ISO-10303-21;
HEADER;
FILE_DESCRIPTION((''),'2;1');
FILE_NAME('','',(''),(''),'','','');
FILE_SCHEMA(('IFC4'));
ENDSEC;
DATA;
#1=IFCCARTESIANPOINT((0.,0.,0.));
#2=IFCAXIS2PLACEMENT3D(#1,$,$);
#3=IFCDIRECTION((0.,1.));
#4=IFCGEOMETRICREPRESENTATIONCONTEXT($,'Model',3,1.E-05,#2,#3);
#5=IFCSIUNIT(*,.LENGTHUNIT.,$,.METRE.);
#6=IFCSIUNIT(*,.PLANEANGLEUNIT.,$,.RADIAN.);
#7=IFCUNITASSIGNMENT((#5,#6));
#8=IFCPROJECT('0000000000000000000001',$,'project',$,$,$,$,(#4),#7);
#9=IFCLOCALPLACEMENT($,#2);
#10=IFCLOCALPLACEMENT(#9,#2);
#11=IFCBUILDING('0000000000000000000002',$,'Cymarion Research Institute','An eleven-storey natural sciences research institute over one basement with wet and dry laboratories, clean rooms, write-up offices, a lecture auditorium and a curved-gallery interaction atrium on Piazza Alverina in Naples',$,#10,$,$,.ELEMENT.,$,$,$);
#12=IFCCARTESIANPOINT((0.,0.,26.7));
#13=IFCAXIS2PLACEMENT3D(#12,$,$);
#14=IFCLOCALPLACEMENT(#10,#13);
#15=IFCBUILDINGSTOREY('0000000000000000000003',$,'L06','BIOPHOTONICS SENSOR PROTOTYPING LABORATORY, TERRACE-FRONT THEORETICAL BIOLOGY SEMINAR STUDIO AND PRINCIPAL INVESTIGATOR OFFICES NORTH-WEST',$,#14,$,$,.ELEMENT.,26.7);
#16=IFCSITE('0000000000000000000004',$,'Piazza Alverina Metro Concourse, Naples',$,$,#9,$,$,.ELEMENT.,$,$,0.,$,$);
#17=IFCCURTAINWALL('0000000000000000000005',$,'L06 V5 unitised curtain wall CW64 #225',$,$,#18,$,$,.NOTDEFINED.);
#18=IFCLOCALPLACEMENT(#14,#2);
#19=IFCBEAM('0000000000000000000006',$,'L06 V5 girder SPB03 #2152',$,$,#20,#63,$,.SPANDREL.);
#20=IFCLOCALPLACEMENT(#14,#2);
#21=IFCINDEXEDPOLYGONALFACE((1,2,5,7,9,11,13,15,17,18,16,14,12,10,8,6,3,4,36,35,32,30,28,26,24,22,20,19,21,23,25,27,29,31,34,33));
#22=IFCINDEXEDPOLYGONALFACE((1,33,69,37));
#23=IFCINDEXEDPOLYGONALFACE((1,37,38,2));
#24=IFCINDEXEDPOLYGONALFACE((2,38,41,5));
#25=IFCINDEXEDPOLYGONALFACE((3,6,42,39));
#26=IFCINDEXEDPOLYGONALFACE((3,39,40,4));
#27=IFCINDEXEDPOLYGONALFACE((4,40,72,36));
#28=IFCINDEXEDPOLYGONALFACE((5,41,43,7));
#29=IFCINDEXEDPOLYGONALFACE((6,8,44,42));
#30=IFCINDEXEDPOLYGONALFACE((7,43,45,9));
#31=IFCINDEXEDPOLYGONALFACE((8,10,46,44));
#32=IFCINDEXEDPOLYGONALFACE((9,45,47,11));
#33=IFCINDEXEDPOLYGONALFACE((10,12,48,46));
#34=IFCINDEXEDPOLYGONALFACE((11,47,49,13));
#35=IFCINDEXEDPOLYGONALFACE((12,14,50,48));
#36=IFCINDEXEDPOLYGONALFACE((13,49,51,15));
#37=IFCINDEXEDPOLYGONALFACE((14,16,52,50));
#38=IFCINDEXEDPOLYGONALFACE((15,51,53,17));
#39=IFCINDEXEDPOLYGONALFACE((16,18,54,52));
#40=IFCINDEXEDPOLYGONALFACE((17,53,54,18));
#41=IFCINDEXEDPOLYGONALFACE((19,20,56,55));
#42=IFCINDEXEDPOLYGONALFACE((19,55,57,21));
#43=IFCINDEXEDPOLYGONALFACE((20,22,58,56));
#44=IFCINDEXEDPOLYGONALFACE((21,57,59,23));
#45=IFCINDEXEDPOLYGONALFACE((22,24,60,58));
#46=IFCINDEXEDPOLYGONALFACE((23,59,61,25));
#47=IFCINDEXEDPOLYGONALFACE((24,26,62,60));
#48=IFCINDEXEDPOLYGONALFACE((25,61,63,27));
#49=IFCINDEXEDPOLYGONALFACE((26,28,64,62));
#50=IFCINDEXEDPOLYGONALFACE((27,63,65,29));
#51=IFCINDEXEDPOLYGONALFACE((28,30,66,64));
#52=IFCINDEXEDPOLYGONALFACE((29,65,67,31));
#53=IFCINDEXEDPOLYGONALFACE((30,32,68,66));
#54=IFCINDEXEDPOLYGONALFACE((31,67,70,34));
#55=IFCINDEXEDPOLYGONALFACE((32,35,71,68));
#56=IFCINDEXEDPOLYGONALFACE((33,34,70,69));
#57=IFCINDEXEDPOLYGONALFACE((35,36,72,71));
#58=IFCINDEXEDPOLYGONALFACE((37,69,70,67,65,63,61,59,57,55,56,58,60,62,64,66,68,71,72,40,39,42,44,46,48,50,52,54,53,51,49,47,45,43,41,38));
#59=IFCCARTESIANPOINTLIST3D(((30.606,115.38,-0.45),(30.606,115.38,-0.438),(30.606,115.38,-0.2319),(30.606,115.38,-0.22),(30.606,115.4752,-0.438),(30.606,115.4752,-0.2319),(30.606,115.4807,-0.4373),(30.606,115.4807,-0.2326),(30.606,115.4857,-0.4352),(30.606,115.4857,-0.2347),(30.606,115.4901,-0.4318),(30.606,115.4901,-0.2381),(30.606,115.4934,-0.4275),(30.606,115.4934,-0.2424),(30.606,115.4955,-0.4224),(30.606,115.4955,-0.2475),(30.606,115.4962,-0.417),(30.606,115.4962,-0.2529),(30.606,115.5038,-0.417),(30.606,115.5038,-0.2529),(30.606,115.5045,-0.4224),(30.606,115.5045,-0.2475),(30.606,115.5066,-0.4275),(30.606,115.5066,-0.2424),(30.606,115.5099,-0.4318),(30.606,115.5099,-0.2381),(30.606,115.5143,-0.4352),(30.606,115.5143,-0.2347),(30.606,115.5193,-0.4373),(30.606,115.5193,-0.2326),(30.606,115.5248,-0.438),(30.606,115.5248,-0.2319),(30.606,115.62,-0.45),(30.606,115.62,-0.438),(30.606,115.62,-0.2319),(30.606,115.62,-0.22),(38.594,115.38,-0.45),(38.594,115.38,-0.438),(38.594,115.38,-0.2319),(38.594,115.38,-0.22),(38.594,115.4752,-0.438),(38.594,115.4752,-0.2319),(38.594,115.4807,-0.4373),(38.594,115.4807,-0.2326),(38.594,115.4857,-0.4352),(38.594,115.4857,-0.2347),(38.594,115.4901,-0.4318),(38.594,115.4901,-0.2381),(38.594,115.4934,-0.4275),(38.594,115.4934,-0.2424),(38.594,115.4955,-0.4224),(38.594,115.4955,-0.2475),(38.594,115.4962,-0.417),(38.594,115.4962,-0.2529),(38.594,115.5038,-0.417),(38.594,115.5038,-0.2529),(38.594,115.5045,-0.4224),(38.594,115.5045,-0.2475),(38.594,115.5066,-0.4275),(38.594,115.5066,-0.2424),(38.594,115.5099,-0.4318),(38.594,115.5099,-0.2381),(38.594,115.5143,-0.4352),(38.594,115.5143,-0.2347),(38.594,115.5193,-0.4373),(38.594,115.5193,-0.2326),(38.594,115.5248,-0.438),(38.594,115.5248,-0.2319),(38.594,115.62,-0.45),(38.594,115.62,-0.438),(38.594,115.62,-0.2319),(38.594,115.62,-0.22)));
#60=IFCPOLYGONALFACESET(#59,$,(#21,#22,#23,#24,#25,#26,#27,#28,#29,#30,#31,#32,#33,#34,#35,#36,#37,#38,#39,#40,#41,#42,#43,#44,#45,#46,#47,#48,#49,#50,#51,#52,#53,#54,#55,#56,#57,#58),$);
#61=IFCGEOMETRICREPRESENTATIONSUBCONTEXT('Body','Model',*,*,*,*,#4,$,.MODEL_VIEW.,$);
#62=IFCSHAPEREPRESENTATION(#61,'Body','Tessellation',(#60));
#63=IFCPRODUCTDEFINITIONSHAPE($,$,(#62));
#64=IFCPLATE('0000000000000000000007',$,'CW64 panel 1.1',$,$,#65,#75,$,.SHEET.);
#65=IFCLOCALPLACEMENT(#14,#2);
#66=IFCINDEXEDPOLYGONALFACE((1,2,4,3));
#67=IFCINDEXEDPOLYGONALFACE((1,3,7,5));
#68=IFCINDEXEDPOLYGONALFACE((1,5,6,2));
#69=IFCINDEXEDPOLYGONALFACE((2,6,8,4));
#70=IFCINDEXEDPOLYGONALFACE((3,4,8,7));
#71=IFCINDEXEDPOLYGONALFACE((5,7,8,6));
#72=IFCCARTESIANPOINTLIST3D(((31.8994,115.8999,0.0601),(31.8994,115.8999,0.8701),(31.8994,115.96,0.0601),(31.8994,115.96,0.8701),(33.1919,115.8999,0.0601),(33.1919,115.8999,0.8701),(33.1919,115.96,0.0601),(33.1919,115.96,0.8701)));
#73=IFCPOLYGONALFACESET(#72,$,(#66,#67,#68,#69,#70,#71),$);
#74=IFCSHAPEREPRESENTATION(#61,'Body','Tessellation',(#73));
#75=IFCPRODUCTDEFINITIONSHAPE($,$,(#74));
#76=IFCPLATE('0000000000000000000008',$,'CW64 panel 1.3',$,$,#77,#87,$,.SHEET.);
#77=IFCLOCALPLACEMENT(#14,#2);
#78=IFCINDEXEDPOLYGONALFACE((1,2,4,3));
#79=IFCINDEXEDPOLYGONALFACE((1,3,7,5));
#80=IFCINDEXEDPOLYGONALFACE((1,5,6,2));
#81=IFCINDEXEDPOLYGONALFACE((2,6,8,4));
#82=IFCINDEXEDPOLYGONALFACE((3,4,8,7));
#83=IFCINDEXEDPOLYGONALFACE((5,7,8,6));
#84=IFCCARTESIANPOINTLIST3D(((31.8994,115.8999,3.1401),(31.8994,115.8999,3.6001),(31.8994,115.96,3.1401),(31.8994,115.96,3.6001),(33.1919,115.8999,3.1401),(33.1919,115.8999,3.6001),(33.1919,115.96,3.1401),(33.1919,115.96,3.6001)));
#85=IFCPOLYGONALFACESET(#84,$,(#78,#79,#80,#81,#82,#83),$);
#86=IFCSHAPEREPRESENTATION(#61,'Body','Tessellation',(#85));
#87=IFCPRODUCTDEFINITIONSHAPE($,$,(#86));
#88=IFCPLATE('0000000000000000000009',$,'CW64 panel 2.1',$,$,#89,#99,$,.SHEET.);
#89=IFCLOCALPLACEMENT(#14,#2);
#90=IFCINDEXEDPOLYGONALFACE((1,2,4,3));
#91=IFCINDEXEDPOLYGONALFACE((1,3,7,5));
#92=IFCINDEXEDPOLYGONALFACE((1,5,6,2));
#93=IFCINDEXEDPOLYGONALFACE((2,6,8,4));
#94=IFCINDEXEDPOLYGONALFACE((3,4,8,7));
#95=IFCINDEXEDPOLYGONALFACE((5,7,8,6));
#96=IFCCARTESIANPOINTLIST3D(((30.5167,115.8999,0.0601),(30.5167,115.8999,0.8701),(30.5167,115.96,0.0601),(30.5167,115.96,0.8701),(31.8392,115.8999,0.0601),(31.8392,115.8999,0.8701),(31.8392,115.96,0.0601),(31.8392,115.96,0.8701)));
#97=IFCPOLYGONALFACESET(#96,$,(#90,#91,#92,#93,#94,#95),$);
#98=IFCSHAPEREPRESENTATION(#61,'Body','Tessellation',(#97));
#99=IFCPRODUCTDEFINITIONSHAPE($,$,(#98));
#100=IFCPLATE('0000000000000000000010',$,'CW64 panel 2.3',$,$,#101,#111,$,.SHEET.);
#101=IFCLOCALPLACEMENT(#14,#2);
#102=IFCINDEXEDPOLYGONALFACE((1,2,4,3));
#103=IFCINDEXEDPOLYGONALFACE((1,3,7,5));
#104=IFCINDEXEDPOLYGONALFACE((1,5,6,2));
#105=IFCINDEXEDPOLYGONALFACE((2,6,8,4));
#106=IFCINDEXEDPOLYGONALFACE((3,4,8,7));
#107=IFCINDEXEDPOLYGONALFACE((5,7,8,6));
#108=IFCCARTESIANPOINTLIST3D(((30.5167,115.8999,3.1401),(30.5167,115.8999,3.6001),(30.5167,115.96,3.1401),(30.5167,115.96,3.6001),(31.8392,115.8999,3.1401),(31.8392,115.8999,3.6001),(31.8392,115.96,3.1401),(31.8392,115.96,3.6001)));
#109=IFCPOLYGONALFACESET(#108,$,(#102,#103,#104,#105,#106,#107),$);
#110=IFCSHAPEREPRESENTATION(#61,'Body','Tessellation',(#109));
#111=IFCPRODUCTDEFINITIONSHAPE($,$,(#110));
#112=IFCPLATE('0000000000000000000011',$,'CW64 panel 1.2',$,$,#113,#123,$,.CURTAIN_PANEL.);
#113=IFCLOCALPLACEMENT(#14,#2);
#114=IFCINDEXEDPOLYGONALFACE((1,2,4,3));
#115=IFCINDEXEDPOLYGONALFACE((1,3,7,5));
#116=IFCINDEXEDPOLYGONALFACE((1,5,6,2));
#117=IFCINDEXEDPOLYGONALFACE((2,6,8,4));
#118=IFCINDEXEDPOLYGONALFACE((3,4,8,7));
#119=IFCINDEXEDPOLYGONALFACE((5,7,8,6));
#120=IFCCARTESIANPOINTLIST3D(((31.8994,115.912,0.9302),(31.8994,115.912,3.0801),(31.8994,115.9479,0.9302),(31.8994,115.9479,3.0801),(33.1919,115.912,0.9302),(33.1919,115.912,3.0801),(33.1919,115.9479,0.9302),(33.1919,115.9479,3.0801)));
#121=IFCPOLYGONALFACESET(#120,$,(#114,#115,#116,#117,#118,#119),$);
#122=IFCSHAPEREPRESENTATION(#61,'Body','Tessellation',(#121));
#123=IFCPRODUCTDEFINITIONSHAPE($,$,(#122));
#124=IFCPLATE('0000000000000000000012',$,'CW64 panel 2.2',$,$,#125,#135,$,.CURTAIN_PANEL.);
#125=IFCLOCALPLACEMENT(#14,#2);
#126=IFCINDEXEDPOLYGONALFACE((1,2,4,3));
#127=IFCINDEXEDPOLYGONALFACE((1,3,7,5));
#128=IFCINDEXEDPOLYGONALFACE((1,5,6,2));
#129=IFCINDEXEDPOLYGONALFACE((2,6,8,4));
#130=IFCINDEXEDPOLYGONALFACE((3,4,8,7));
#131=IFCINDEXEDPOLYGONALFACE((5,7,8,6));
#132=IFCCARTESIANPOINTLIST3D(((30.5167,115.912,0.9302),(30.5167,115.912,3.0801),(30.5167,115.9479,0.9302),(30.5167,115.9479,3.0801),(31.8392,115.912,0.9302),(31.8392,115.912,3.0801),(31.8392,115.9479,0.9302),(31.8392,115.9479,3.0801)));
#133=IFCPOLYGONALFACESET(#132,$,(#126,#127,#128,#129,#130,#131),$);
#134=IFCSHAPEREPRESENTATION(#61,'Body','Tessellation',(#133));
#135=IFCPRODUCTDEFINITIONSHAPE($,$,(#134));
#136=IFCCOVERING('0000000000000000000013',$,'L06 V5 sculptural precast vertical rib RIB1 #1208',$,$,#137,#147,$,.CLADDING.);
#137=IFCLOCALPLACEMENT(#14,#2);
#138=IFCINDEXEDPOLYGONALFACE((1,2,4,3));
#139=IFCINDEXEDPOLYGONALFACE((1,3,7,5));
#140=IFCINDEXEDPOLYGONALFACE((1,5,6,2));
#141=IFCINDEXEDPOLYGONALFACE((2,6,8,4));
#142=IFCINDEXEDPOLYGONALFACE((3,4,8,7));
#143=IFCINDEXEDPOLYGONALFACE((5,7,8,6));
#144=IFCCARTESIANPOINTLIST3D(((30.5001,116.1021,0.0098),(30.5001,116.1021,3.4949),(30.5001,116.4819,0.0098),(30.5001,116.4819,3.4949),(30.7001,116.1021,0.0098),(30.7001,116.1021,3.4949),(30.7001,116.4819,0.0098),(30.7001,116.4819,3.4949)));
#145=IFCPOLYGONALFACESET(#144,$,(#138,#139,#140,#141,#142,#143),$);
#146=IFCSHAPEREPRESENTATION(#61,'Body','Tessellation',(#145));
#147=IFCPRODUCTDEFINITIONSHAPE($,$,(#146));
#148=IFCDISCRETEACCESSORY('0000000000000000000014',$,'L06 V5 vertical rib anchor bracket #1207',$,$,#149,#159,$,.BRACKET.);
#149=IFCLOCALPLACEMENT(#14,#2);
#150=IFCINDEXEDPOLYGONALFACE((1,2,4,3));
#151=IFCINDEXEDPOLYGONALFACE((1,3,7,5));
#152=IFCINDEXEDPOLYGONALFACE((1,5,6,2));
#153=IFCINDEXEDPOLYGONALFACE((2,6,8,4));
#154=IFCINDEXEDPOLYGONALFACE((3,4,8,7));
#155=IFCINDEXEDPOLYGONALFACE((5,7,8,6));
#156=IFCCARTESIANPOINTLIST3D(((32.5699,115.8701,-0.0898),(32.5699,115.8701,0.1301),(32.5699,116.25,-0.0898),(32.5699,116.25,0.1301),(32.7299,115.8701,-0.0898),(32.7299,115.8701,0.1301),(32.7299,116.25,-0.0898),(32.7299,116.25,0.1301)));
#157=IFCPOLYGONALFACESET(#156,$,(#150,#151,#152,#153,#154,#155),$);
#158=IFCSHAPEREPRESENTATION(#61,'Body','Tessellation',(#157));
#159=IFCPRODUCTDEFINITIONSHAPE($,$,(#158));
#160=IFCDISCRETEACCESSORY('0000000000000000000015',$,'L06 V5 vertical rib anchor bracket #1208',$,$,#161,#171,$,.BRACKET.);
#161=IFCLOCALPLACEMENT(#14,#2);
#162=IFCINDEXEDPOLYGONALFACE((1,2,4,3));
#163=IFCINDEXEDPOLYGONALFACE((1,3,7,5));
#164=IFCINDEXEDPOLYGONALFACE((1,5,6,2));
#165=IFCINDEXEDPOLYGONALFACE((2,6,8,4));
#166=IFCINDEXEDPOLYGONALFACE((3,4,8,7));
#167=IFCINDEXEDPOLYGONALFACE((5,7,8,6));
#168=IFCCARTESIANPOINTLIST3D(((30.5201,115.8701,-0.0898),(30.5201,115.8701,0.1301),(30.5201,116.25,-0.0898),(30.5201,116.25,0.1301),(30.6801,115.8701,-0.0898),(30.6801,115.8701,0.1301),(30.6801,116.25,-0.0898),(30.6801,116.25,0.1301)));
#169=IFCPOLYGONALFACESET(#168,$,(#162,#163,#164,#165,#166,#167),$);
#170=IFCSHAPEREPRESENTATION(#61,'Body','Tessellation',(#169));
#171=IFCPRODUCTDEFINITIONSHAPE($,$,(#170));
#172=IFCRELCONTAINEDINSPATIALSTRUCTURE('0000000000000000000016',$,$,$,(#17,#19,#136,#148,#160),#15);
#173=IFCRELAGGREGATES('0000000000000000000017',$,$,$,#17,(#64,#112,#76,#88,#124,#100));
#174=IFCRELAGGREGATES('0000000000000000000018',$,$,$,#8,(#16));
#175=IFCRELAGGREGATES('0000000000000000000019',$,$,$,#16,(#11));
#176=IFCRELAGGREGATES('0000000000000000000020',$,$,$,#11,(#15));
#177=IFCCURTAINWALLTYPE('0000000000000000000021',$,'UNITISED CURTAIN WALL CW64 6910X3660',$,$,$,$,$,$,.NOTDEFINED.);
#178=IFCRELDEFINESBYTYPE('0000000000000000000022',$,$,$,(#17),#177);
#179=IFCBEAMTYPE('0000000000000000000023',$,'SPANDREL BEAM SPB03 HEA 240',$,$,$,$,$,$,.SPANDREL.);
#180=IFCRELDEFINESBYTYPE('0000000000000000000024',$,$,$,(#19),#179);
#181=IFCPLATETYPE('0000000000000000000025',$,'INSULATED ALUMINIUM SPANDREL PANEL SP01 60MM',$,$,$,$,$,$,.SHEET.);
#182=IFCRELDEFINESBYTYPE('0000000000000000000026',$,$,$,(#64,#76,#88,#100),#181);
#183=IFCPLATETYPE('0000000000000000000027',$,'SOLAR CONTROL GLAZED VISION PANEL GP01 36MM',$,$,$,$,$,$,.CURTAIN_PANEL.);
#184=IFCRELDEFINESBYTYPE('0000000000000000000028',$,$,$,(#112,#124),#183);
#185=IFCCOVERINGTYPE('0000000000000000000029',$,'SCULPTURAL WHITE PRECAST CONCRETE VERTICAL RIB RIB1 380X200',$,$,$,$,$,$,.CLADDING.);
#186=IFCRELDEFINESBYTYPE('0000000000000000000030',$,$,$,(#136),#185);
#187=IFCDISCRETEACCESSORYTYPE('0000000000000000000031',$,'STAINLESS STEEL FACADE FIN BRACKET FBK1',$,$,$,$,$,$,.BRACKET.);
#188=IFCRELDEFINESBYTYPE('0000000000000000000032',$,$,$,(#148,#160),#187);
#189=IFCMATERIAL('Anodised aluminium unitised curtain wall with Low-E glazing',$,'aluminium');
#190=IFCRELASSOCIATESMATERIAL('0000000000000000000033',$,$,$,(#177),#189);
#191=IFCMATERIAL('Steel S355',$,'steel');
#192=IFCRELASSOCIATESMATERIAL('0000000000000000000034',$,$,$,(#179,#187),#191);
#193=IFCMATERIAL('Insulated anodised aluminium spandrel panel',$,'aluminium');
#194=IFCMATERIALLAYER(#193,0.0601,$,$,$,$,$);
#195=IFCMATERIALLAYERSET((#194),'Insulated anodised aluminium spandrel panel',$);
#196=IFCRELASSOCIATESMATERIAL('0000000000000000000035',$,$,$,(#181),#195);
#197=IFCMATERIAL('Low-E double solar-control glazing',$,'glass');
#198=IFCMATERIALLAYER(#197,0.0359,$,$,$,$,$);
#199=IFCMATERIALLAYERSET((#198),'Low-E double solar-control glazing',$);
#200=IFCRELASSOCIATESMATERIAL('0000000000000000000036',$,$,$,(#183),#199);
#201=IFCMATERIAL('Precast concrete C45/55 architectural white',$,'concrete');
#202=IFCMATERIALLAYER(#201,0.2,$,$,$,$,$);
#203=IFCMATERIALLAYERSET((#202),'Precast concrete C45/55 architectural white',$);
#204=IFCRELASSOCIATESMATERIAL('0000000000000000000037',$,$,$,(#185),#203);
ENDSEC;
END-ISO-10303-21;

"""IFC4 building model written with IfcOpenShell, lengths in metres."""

from ifc_helpers import new_model, si_unit, direction, frame, origin, origin_2d, place, context, subcontext, project, spatial, rectangle, i_section, extrude, material, layer, layer_set, material_profile, profile_set, type_object, element, aggregate, save


model = new_model("IFC4")

# Units and contexts
model_context = context("Model", 3, precision=1e-05, world=origin(), true_north=direction((0.0, 1.0)))
body_context = subcontext(model_context, "Body", "Model", "MODEL_VIEW")
ifc_project = project(units=[si_unit("LENGTHUNIT", "METRE"), si_unit("PLANEANGLEUNIT", "RADIAN")], contexts=[model_context])

# Site, building, storey
site_placement = place(None, origin())
site = spatial("IfcSite", under=ifc_project, at=site_placement, Name="Piazza Alverina Metro Concourse, Naples", CompositionType="ELEMENT", RefElevation=0.0)
building_placement = place(site_placement, origin())
building = spatial("IfcBuilding", under=site, at=building_placement, Name="Cymarion Research Institute", Description="An eleven-storey natural sciences research institute over one basement with wet and dry laboratories, clean rooms, write-up offices, a lecture auditorium and a curved-gallery interaction atrium on Piazza Alverina in Naples", CompositionType="ELEMENT")
storey_placement = place(building_placement, frame((0.0, 0.0, 26.7)))
storey = spatial("IfcBuildingStorey", under=building, at=storey_placement, Name="L06", Description="BIOPHOTONICS SENSOR PROTOTYPING LABORATORY, TERRACE-FRONT THEORETICAL BIOLOGY SEMINAR STUDIO AND PRINCIPAL INVESTIGATOR OFFICES NORTH-WEST", CompositionType="ELEMENT", Elevation=26.7)

# Shared definitions
ifc_material_1 = material(Name="Steel S355", Category="steel")

# Curtain wall
ifc_material_2 = material(Name="Anodised aluminium unitised curtain wall with Low-E glazing", Category="aluminium")
curtain_wall_type = type_object("IfcCurtainWallType", Name="UNITISED CURTAIN WALL CW64 6910X3660", PredefinedType="NOTDEFINED", material=ifc_material_2)
curtain_wall_placement = place(storey_placement, origin())
curtain_wall = element("IfcCurtainWall", 1, at=curtain_wall_placement, inside=storey, type_object=curtain_wall_type, Name="L06 V5 unitised curtain wall CW64 #225", PredefinedType="NOTDEFINED")

# Beam
ifc_material_profile_1 = material_profile(ifc_material_1, i_section(OverallWidth=0.24, OverallDepth=0.23, WebThickness=0.0076, FlangeThickness=0.012, FilletRadius=0.021, at=origin_2d()), Name="HEA 240")
ifc_profile_set_1 = profile_set([ifc_material_profile_1], Name="Steel S355")
beam_type = type_object("IfcBeamType", Name="SPANDREL BEAM SPB03 HEA 240", PredefinedType="SPANDREL", material=ifc_profile_set_1)
beam_placement = place(storey_placement, frame((30.606, 115.5, -0.335), z_axis=(1.0, 0.0, 0.0), x_axis=(0.0, 1.0, 0.0)))
element("IfcBeam", 2, at=beam_placement, inside=storey, type_object=beam_type, Name="L06 V5 girder SPB03 #2152", PredefinedType="SPANDREL", context=body_context, shape_type="SweptSolid", body=[
    extrude(i_section(OverallWidth=0.24, OverallDepth=0.23, WebThickness=0.0076, FlangeThickness=0.012, FilletRadius=0.021, at=origin_2d()), origin(), (0.0, 0.0, 1.0), 7.988),
])

# Plates
ifc_material_3 = material(Name="Insulated anodised aluminium spandrel panel", Category="aluminium")
ifc_layer_1 = layer(ifc_material_3, 0.0601)
ifc_layer_set_1 = layer_set([ifc_layer_1], Name="Insulated anodised aluminium spandrel panel")
plate_type_1 = type_object("IfcPlateType", Name="INSULATED ALUMINIUM SPANDREL PANEL SP01 60MM", PredefinedType="SHEET", material=ifc_layer_set_1)
plate_1_placement = place(storey_placement, frame((32.5457, 115.9299, 0.0601), z_axis=(0.0, 0.0, 1.0), x_axis=(-1.0, 0.0, 0.0)))
plate_1 = element("IfcPlate", 3, at=plate_1_placement, type_object=plate_type_1, Name="CW64 panel 1.1", PredefinedType="SHEET", context=body_context, shape_type="SweptSolid", body=[
    extrude(rectangle(XDim=1.2925, YDim=0.0601, at=origin_2d()), origin(), (0.0, 0.0, 1.0), 0.8101),
])
plate_2_placement = place(storey_placement, frame((32.5457, 115.9299, 3.1401), z_axis=(0.0, 0.0, 1.0), x_axis=(-1.0, 0.0, 0.0)))
plate_2 = element("IfcPlate", 4, at=plate_2_placement, type_object=plate_type_1, Name="CW64 panel 1.3", PredefinedType="SHEET", context=body_context, shape_type="SweptSolid", body=[
    extrude(rectangle(XDim=1.2925, YDim=0.0601, at=origin_2d()), origin(), (0.0, 0.0, 1.0), 0.46),
])
plate_3_placement = place(storey_placement, frame((31.178, 115.9299, 0.0601), z_axis=(0.0, 0.0, 1.0), x_axis=(-1.0, 0.0, 0.0)))
plate_3 = element("IfcPlate", 5, at=plate_3_placement, type_object=plate_type_1, Name="CW64 panel 2.1", PredefinedType="SHEET", context=body_context, shape_type="SweptSolid", body=[
    extrude(rectangle(XDim=1.3225, YDim=0.0601, at=origin_2d()), origin(), (0.0, 0.0, 1.0), 0.8101),
])
plate_4_placement = place(storey_placement, frame((31.178, 115.9299, 3.1401), z_axis=(0.0, 0.0, 1.0), x_axis=(-1.0, 0.0, 0.0)))
plate_4 = element("IfcPlate", 6, at=plate_4_placement, type_object=plate_type_1, Name="CW64 panel 2.3", PredefinedType="SHEET", context=body_context, shape_type="SweptSolid", body=[
    extrude(rectangle(XDim=1.3225, YDim=0.0601, at=origin_2d()), origin(), (0.0, 0.0, 1.0), 0.46),
])
ifc_material_4 = material(Name="Low-E double solar-control glazing", Category="glass")
ifc_layer_2 = layer(ifc_material_4, 0.0359)
ifc_layer_set_2 = layer_set([ifc_layer_2], Name="Low-E double solar-control glazing")
plate_type_2 = type_object("IfcPlateType", Name="SOLAR CONTROL GLAZED VISION PANEL GP01 36MM", PredefinedType="CURTAIN_PANEL", material=ifc_layer_set_2)
plate_5_placement = place(storey_placement, frame((32.5457, 115.9299, 0.9302), z_axis=(0.0, 0.0, 1.0), x_axis=(-1.0, 0.0, 0.0)))
plate_5 = element("IfcPlate", 7, at=plate_5_placement, type_object=plate_type_2, Name="CW64 panel 1.2", PredefinedType="CURTAIN_PANEL", context=body_context, shape_type="SweptSolid", body=[
    extrude(rectangle(XDim=1.2925, YDim=0.0359, at=origin_2d()), origin(), (0.0, 0.0, 1.0), 2.1499),
])
plate_6_placement = place(storey_placement, frame((31.178, 115.9299, 0.9302), z_axis=(0.0, 0.0, 1.0), x_axis=(-1.0, 0.0, 0.0)))
plate_6 = element("IfcPlate", 8, at=plate_6_placement, type_object=plate_type_2, Name="CW64 panel 2.2", PredefinedType="CURTAIN_PANEL", context=body_context, shape_type="SweptSolid", body=[
    extrude(rectangle(XDim=1.3225, YDim=0.0359, at=origin_2d()), origin(), (0.0, 0.0, 1.0), 2.1499),
])
aggregate(curtain_wall, [plate_1, plate_5, plate_2, plate_3, plate_6, plate_4])

# Covering
ifc_material_5 = material(Name="Precast concrete C45/55 architectural white", Category="concrete")
ifc_layer_3 = layer(ifc_material_5, 0.2)
ifc_layer_set_3 = layer_set([ifc_layer_3], Name="Precast concrete C45/55 architectural white")
covering_type = type_object("IfcCoveringType", Name="SCULPTURAL WHITE PRECAST CONCRETE VERTICAL RIB RIB1 380X200", PredefinedType="CLADDING", material=ifc_layer_set_3)
covering_placement = place(storey_placement, frame((30.6001, 116.292, 0.0098), z_axis=(0.0, 0.0, 1.0), x_axis=(0.0, 1.0, 0.0)))
element("IfcCovering", 9, at=covering_placement, inside=storey, type_object=covering_type, Name="L06 V5 sculptural precast vertical rib RIB1 #1208", PredefinedType="CLADDING", context=body_context, shape_type="SweptSolid", body=[
    extrude(rectangle(XDim=0.3799, YDim=0.2, at=origin_2d()), origin(), (0.0, 0.0, 1.0), 3.4851),
])

# Discrete accessories
discrete_accessory_type = type_object("IfcDiscreteAccessoryType", Name="STAINLESS STEEL FACADE FIN BRACKET FBK1", PredefinedType="BRACKET", material=ifc_material_1)
for number, where, z_axis, x_axis, name in (
    (10, (32.6499, 116.0601, -0.0898), (0.0, 0.0, 1.0), (0.0, 1.0, 0.0), "L06 V5 vertical rib anchor bracket #1207"),
    (11, (30.6001, 116.0601, -0.0898), (0.0, 0.0, 1.0), (0.0, 1.0, 0.0), "L06 V5 vertical rib anchor bracket #1208"),
):
    element("IfcDiscreteAccessory", number, at=place(storey_placement, frame(where, z_axis=z_axis, x_axis=x_axis)), inside=storey, type_object=discrete_accessory_type, Name=name, PredefinedType="BRACKET", context=body_context, shape_type="SweptSolid", body=[
        extrude(rectangle(XDim=0.3799, YDim=0.1599, at=origin_2d()), origin(), (0.0, 0.0, 1.0), 0.22),
    ])

save(model, "model.ifc")
